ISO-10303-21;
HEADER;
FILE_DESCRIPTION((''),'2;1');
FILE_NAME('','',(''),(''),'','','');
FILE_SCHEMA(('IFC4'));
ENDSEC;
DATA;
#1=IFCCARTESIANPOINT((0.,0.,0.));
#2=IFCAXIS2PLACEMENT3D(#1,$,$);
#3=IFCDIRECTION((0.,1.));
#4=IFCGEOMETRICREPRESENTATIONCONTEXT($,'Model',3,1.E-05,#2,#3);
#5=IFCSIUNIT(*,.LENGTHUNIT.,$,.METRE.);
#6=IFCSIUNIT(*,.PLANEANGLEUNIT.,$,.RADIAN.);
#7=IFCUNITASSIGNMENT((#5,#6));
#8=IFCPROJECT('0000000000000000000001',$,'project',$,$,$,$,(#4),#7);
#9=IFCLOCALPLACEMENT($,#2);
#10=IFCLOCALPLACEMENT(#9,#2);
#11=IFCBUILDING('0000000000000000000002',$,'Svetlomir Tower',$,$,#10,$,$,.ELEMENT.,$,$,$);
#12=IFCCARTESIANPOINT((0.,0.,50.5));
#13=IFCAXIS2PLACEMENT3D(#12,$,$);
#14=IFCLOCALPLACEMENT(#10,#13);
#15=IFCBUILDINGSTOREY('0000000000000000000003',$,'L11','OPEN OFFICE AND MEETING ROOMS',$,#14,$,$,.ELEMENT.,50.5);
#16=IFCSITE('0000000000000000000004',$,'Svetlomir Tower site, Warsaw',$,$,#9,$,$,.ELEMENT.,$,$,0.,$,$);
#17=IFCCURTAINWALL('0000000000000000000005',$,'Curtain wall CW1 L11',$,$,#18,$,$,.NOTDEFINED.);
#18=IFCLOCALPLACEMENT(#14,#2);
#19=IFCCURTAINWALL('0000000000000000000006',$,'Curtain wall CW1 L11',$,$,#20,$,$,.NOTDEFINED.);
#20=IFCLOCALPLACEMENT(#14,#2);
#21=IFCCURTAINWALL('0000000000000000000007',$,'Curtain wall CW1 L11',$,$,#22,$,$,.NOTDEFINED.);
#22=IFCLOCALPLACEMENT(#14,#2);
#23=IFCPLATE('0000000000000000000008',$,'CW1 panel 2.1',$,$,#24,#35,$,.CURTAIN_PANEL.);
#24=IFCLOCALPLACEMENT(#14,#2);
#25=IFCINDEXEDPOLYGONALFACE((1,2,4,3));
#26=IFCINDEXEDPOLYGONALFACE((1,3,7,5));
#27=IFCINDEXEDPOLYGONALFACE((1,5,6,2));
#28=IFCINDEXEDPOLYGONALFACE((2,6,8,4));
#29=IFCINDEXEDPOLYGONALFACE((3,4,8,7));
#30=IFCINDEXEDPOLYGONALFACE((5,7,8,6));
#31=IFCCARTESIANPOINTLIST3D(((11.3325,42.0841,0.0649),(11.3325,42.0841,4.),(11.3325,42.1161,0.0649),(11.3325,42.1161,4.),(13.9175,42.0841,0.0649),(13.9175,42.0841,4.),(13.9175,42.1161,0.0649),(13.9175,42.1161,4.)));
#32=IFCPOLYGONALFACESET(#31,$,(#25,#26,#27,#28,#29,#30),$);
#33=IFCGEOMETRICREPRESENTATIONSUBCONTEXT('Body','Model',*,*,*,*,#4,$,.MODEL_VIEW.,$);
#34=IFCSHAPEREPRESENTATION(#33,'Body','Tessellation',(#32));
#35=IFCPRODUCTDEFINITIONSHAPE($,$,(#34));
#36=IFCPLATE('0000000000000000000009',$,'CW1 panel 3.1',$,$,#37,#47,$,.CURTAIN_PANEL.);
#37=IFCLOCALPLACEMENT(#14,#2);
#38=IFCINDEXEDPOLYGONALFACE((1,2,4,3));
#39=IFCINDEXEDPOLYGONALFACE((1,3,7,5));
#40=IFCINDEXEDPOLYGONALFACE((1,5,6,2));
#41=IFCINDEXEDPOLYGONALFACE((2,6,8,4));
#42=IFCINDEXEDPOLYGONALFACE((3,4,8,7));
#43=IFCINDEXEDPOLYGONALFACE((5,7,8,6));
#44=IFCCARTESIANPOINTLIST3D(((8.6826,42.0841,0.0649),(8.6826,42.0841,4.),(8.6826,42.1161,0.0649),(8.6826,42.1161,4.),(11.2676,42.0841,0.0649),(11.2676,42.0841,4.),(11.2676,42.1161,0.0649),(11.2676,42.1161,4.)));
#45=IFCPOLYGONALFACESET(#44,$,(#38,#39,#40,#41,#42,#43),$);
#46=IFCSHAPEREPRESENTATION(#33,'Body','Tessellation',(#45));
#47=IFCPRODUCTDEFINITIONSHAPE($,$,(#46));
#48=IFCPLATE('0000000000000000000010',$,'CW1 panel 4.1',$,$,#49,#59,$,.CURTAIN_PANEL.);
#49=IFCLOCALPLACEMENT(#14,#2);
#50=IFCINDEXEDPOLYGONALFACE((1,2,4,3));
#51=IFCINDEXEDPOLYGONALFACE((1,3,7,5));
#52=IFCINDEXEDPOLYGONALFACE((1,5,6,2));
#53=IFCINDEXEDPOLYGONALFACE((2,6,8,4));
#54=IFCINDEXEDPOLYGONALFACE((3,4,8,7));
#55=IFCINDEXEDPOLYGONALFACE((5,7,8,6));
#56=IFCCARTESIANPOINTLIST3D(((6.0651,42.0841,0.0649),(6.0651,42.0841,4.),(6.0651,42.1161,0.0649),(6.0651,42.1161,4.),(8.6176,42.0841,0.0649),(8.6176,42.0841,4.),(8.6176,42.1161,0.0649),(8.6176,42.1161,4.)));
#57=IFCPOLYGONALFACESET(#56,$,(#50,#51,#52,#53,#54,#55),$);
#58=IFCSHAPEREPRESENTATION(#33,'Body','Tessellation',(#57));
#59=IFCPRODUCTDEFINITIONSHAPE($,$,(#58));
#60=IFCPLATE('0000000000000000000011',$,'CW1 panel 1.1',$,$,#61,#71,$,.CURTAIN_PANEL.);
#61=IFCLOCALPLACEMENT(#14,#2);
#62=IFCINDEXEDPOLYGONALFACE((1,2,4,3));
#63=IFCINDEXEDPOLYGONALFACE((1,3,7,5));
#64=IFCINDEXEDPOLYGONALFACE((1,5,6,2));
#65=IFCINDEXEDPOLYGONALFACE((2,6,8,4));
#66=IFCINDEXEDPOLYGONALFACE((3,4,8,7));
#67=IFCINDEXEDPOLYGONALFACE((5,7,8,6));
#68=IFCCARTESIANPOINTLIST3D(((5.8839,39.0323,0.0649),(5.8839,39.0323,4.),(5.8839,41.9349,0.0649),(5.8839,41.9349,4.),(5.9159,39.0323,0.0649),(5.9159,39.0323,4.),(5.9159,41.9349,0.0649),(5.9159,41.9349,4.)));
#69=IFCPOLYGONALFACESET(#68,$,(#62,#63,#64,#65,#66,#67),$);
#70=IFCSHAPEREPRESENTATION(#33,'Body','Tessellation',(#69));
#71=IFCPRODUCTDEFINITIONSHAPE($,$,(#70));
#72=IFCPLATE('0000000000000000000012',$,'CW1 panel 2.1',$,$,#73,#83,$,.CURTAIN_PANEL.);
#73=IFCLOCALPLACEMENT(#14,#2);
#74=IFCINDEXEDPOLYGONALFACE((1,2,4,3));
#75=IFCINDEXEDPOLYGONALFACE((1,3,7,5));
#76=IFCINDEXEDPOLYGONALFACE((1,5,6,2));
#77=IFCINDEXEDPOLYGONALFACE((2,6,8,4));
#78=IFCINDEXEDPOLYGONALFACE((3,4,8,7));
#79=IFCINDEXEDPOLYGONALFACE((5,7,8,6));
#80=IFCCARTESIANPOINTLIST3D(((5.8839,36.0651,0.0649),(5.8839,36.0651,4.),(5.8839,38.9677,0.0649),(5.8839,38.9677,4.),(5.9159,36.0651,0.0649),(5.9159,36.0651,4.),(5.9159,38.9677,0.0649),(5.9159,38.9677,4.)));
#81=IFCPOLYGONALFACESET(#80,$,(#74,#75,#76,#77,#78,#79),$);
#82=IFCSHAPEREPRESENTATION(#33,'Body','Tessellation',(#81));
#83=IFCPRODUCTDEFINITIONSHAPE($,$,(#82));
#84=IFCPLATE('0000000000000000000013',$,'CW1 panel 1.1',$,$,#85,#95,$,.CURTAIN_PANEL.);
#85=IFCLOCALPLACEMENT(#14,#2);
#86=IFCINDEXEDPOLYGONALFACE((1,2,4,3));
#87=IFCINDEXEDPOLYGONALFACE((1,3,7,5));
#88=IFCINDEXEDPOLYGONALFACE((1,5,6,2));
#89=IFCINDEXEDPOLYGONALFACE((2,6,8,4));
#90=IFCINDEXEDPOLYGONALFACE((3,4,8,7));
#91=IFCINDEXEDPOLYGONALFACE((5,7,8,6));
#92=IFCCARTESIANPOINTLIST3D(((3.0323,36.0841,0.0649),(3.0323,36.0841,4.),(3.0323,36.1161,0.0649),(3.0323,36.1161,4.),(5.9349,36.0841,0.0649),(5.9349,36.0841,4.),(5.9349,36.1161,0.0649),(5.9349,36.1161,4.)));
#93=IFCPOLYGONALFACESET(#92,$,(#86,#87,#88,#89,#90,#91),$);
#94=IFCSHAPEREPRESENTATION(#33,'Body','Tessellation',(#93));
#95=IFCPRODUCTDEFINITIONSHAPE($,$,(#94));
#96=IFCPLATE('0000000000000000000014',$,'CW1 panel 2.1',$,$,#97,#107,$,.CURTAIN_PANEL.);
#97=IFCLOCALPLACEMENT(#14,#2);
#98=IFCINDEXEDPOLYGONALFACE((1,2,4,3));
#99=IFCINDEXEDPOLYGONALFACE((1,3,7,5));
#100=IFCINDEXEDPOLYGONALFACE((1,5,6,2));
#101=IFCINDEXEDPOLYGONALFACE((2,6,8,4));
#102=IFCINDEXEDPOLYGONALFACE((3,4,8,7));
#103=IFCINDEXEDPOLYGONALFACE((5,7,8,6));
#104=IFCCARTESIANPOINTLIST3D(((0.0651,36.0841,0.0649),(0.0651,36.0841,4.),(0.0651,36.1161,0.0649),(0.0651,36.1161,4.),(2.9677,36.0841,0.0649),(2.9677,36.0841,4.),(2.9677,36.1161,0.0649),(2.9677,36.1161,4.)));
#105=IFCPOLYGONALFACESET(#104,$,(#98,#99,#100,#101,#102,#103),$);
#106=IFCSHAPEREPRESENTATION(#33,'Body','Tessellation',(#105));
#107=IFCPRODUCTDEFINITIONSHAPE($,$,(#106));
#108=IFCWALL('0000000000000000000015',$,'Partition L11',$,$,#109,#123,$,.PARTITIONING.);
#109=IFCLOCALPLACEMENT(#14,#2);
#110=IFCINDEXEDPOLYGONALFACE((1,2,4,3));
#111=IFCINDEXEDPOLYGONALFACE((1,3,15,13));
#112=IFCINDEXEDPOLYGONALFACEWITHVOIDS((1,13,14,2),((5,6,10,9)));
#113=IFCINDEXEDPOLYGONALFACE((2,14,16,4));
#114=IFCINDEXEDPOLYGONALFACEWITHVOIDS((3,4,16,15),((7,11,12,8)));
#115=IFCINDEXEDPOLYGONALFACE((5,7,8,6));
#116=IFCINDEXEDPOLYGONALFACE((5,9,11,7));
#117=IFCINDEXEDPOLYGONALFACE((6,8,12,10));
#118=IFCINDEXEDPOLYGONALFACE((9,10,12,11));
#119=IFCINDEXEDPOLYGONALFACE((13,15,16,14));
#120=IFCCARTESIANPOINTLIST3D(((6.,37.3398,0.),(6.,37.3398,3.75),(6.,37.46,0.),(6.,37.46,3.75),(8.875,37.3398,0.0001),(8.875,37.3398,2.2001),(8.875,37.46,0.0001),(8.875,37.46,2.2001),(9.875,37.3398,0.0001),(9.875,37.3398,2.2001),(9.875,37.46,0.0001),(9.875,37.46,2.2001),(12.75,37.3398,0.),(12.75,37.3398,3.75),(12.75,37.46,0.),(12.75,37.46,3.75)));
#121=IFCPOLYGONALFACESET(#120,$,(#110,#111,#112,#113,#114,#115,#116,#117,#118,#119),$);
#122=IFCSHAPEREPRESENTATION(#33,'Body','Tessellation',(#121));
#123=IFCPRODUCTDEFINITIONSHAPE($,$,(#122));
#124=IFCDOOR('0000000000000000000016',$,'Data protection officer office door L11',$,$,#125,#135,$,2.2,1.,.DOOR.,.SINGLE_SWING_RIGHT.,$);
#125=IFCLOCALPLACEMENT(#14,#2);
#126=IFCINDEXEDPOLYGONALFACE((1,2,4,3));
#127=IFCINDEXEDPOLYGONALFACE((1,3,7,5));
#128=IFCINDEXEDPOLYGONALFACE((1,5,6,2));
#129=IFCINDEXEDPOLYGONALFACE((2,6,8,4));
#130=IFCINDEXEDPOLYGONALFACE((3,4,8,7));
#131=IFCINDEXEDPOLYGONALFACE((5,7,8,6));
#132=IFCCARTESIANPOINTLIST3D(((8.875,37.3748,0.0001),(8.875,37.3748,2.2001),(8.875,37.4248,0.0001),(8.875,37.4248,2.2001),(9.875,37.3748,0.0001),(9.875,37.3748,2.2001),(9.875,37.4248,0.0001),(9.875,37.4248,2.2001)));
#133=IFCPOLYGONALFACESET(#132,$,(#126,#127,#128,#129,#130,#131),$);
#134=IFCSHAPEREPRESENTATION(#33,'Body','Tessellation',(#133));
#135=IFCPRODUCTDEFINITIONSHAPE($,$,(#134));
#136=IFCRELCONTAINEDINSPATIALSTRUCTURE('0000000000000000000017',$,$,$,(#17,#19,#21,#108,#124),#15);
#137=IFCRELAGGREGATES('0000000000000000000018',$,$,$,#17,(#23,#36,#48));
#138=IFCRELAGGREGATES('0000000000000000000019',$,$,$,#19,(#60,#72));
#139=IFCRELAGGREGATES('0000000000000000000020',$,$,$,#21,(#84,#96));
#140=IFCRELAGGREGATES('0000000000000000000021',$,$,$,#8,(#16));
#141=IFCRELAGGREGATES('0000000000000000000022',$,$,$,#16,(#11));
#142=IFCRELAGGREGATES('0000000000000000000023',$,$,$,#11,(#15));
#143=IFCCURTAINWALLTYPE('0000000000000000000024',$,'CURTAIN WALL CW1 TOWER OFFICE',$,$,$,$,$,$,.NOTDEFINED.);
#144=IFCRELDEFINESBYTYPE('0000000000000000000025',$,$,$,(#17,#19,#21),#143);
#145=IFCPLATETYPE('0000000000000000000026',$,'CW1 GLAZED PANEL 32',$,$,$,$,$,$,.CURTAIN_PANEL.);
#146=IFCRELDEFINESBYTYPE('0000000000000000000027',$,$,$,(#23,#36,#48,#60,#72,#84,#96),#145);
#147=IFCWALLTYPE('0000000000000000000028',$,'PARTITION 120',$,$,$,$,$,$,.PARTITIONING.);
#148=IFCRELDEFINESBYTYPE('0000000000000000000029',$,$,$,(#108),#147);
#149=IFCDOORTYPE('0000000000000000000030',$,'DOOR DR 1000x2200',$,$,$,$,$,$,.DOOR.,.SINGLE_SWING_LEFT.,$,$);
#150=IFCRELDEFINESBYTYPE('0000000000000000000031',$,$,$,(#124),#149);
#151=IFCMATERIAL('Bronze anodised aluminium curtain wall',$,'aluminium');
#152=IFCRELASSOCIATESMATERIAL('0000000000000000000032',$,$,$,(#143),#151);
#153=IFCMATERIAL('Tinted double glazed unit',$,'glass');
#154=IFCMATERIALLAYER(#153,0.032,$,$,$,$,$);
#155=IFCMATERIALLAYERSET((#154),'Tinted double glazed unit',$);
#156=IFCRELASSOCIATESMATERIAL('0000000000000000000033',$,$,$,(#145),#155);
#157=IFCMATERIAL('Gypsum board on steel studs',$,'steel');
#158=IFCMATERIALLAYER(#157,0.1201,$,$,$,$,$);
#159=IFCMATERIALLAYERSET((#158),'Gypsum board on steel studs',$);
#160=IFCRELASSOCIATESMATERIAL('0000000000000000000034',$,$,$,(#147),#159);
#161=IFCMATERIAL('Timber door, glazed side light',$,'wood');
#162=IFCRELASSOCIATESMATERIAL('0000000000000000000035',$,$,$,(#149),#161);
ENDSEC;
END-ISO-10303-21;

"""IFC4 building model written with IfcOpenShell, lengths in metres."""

from ifc_helpers import new_model, si_unit, direction, frame, frame_2d, origin, origin_2d, place, context, subcontext, project, spatial, rectangle, extrude, material, layer, layer_set, type_object, element, fill, aggregate, save


model = new_model("IFC4")

# Units and contexts
model_context = context("Model", 3, precision=1e-05, world=origin(), true_north=direction((0.0, 1.0)))
body_context = subcontext(model_context, "Body", "Model", "MODEL_VIEW")
ifc_project = project(units=[si_unit("LENGTHUNIT", "METRE"), si_unit("PLANEANGLEUNIT", "RADIAN")], contexts=[model_context])

# Site, building, storey
site_placement = place(None, origin())
site = spatial("IfcSite", under=ifc_project, at=site_placement, Name="Svetlomir Tower site, Warsaw", CompositionType="ELEMENT", RefElevation=0.0)
building_placement = place(site_placement, origin())
building = spatial("IfcBuilding", under=site, at=building_placement, Name="Svetlomir Tower", CompositionType="ELEMENT")
storey_placement = place(building_placement, frame((0.0, 0.0, 50.5)))
storey = spatial("IfcBuildingStorey", under=building, at=storey_placement, Name="L11", Description="OPEN OFFICE AND MEETING ROOMS", CompositionType="ELEMENT", Elevation=50.5)

# Curtain walls
ifc_material_1 = material(Name="Bronze anodised aluminium curtain wall", Category="aluminium")
curtain_wall_type = type_object("IfcCurtainWallType", Name="CURTAIN WALL CW1 TOWER OFFICE", PredefinedType="NOTDEFINED", material=ifc_material_1)
curtain_wall_1_placement = place(storey_placement, origin())
curtain_wall_1 = element("IfcCurtainWall", 1, at=curtain_wall_1_placement, inside=storey, type_object=curtain_wall_type, Name="Curtain wall CW1 L11", PredefinedType="NOTDEFINED")
curtain_wall_2_placement = place(storey_placement, origin())
curtain_wall_2 = element("IfcCurtainWall", 2, at=curtain_wall_2_placement, inside=storey, type_object=curtain_wall_type, Name="Curtain wall CW1 L11", PredefinedType="NOTDEFINED")
curtain_wall_3_placement = place(storey_placement, origin())
curtain_wall_3 = element("IfcCurtainWall", 3, at=curtain_wall_3_placement, inside=storey, type_object=curtain_wall_type, Name="Curtain wall CW1 L11", PredefinedType="NOTDEFINED")

# Plates
ifc_material_2 = material(Name="Tinted double glazed unit", Category="glass")
ifc_layer_1 = layer(ifc_material_2, 0.032)
ifc_layer_set_1 = layer_set([ifc_layer_1], Name="Tinted double glazed unit")
plate_type = type_object("IfcPlateType", Name="CW1 GLAZED PANEL 32", PredefinedType="CURTAIN_PANEL", material=ifc_layer_set_1)
plate_1_placement = place(storey_placement, frame((12.625, 42.1001, 0.0649), z_axis=(0.0, 0.0, 1.0), x_axis=(-1.0, 0.0, 0.0)))
plate_1 = element("IfcPlate", 4, at=plate_1_placement, type_object=plate_type, Name="CW1 panel 2.1", PredefinedType="CURTAIN_PANEL", context=body_context, shape_type="SweptSolid", body=[
    extrude(rectangle(XDim=2.585, YDim=0.032, at=origin_2d()), origin(), (0.0, 0.0, 1.0), 3.9351),
])
plate_2_placement = place(storey_placement, frame((9.9751, 42.1001, 0.0649), z_axis=(0.0, 0.0, 1.0), x_axis=(-1.0, 0.0, 0.0)))
plate_2 = element("IfcPlate", 5, at=plate_2_placement, type_object=plate_type, Name="CW1 panel 3.1", PredefinedType="CURTAIN_PANEL", context=body_context, shape_type="SweptSolid", body=[
    extrude(rectangle(XDim=2.585, YDim=0.032, at=origin_2d()), origin(), (0.0, 0.0, 1.0), 3.9351),
])
plate_3_placement = place(storey_placement, frame((7.3413, 42.1001, 0.0649), z_axis=(0.0, 0.0, 1.0), x_axis=(-1.0, 0.0, 0.0)))
plate_3 = element("IfcPlate", 6, at=plate_3_placement, type_object=plate_type, Name="CW1 panel 4.1", PredefinedType="CURTAIN_PANEL", context=body_context, shape_type="SweptSolid", body=[
    extrude(rectangle(XDim=2.5525, YDim=0.032, at=origin_2d()), origin(), (0.0, 0.0, 1.0), 3.9351),
])
aggregate(curtain_wall_1, [plate_1, plate_2, plate_3])
plate_4_placement = place(storey_placement, frame((5.8999, 40.4836, 0.0649), z_axis=(0.0, 0.0, 1.0), x_axis=(0.0, -1.0, 0.0)))
plate_4 = element("IfcPlate", 7, at=plate_4_placement, type_object=plate_type, Name="CW1 panel 1.1", PredefinedType="CURTAIN_PANEL", context=body_context, shape_type="SweptSolid", body=[
    extrude(rectangle(XDim=2.9026, YDim=0.032, at=origin_2d()), origin(), (0.0, 0.0, 1.0), 3.9351),
])
plate_5_placement = place(storey_placement, frame((5.8999, 37.5164, 0.0649), z_axis=(0.0, 0.0, 1.0), x_axis=(0.0, -1.0, 0.0)))
plate_5 = element("IfcPlate", 8, at=plate_5_placement, type_object=plate_type, Name="CW1 panel 2.1", PredefinedType="CURTAIN_PANEL", context=body_context, shape_type="SweptSolid", body=[
    extrude(rectangle(XDim=2.9026, YDim=0.032, at=origin_2d()), origin(), (0.0, 0.0, 1.0), 3.9351),
])
aggregate(curtain_wall_2, [plate_4, plate_5])
plate_6_placement = place(storey_placement, frame((4.4836, 36.1001, 0.0649), z_axis=(0.0, 0.0, 1.0), x_axis=(-1.0, 0.0, 0.0)))
plate_6 = element("IfcPlate", 9, at=plate_6_placement, type_object=plate_type, Name="CW1 panel 1.1", PredefinedType="CURTAIN_PANEL", context=body_context, shape_type="SweptSolid", body=[
    extrude(rectangle(XDim=2.9026, YDim=0.032, at=origin_2d()), origin(), (0.0, 0.0, 1.0), 3.9351),
])
plate_7_placement = place(storey_placement, frame((1.5164, 36.1001, 0.0649), z_axis=(0.0, 0.0, 1.0), x_axis=(-1.0, 0.0, 0.0)))
plate_7 = element("IfcPlate", 10, at=plate_7_placement, type_object=plate_type, Name="CW1 panel 2.1", PredefinedType="CURTAIN_PANEL", context=body_context, shape_type="SweptSolid", body=[
    extrude(rectangle(XDim=2.9026, YDim=0.032, at=origin_2d()), origin(), (0.0, 0.0, 1.0), 3.9351),
])
aggregate(curtain_wall_3, [plate_6, plate_7])

# Wall, opening, door
ifc_material_3 = material(Name="Gypsum board on steel studs", Category="steel")
ifc_layer_2 = layer(ifc_material_3, 0.1201)
ifc_layer_set_2 = layer_set([ifc_layer_2], Name="Gypsum board on steel studs")
wall_type = type_object("IfcWallType", Name="PARTITION 120", PredefinedType="PARTITIONING", material=ifc_layer_set_2)
wall_placement = place(storey_placement, frame((6.0, 37.3999, 0.0), z_axis=(0.0, 0.0, 1.0), x_axis=(1.0, 0.0, 0.0)))
wall = element("IfcWall", 11, at=wall_placement, inside=storey, type_object=wall_type, Name="Partition L11", PredefinedType="PARTITIONING", context=body_context, shape_type="SweptSolid", body=[
    extrude(rectangle(XDim=6.75, YDim=0.1201, at=frame_2d((3.375, 0.0))), origin(), (0.0, 0.0, 1.0), 3.75),
])
opening_placement = place(wall_placement, frame((2.875, 0.0, 0.0)))
opening = element("IfcOpeningElement", 12, at=opening_placement, cuts=wall, PredefinedType="OPENING", context=body_context, shape_type="SweptSolid", body=[
    extrude(rectangle(XDim=1.0, YDim=2.2, at=frame_2d((0.5, 1.1001))), frame((0.0, 0.0701, 0.0), z_axis=(0.0, -1.0, 0.0), x_axis=(1.0, 0.0, 0.0)), (0.0, 0.0, 1.0), 0.1401),
])
ifc_material_4 = material(Name="Timber door, glazed side light", Category="wood")
door_type = type_object("IfcDoorType", Name="DOOR DR 1000x2200", OperationType="SINGLE_SWING_LEFT", PredefinedType="DOOR", material=ifc_material_4)
door_placement = place(opening_placement, origin())
door = element("IfcDoor", 13, at=door_placement, inside=storey, type_object=door_type, Name="Data protection officer office door L11", OperationType="SINGLE_SWING_RIGHT", OverallHeight=2.2, OverallWidth=1.0, PredefinedType="DOOR", context=body_context, shape_type="SweptSolid", body=[
    extrude(rectangle(XDim=1.0, YDim=2.2, at=frame_2d((0.5, 1.1001))), frame((0.0, 0.0249, 0.0), z_axis=(0.0, -1.0, 0.0), x_axis=(1.0, 0.0, 0.0)), (0.0, 0.0, 1.0), 0.05),
])
fill(opening, door)

save(model, "model.ifc")
